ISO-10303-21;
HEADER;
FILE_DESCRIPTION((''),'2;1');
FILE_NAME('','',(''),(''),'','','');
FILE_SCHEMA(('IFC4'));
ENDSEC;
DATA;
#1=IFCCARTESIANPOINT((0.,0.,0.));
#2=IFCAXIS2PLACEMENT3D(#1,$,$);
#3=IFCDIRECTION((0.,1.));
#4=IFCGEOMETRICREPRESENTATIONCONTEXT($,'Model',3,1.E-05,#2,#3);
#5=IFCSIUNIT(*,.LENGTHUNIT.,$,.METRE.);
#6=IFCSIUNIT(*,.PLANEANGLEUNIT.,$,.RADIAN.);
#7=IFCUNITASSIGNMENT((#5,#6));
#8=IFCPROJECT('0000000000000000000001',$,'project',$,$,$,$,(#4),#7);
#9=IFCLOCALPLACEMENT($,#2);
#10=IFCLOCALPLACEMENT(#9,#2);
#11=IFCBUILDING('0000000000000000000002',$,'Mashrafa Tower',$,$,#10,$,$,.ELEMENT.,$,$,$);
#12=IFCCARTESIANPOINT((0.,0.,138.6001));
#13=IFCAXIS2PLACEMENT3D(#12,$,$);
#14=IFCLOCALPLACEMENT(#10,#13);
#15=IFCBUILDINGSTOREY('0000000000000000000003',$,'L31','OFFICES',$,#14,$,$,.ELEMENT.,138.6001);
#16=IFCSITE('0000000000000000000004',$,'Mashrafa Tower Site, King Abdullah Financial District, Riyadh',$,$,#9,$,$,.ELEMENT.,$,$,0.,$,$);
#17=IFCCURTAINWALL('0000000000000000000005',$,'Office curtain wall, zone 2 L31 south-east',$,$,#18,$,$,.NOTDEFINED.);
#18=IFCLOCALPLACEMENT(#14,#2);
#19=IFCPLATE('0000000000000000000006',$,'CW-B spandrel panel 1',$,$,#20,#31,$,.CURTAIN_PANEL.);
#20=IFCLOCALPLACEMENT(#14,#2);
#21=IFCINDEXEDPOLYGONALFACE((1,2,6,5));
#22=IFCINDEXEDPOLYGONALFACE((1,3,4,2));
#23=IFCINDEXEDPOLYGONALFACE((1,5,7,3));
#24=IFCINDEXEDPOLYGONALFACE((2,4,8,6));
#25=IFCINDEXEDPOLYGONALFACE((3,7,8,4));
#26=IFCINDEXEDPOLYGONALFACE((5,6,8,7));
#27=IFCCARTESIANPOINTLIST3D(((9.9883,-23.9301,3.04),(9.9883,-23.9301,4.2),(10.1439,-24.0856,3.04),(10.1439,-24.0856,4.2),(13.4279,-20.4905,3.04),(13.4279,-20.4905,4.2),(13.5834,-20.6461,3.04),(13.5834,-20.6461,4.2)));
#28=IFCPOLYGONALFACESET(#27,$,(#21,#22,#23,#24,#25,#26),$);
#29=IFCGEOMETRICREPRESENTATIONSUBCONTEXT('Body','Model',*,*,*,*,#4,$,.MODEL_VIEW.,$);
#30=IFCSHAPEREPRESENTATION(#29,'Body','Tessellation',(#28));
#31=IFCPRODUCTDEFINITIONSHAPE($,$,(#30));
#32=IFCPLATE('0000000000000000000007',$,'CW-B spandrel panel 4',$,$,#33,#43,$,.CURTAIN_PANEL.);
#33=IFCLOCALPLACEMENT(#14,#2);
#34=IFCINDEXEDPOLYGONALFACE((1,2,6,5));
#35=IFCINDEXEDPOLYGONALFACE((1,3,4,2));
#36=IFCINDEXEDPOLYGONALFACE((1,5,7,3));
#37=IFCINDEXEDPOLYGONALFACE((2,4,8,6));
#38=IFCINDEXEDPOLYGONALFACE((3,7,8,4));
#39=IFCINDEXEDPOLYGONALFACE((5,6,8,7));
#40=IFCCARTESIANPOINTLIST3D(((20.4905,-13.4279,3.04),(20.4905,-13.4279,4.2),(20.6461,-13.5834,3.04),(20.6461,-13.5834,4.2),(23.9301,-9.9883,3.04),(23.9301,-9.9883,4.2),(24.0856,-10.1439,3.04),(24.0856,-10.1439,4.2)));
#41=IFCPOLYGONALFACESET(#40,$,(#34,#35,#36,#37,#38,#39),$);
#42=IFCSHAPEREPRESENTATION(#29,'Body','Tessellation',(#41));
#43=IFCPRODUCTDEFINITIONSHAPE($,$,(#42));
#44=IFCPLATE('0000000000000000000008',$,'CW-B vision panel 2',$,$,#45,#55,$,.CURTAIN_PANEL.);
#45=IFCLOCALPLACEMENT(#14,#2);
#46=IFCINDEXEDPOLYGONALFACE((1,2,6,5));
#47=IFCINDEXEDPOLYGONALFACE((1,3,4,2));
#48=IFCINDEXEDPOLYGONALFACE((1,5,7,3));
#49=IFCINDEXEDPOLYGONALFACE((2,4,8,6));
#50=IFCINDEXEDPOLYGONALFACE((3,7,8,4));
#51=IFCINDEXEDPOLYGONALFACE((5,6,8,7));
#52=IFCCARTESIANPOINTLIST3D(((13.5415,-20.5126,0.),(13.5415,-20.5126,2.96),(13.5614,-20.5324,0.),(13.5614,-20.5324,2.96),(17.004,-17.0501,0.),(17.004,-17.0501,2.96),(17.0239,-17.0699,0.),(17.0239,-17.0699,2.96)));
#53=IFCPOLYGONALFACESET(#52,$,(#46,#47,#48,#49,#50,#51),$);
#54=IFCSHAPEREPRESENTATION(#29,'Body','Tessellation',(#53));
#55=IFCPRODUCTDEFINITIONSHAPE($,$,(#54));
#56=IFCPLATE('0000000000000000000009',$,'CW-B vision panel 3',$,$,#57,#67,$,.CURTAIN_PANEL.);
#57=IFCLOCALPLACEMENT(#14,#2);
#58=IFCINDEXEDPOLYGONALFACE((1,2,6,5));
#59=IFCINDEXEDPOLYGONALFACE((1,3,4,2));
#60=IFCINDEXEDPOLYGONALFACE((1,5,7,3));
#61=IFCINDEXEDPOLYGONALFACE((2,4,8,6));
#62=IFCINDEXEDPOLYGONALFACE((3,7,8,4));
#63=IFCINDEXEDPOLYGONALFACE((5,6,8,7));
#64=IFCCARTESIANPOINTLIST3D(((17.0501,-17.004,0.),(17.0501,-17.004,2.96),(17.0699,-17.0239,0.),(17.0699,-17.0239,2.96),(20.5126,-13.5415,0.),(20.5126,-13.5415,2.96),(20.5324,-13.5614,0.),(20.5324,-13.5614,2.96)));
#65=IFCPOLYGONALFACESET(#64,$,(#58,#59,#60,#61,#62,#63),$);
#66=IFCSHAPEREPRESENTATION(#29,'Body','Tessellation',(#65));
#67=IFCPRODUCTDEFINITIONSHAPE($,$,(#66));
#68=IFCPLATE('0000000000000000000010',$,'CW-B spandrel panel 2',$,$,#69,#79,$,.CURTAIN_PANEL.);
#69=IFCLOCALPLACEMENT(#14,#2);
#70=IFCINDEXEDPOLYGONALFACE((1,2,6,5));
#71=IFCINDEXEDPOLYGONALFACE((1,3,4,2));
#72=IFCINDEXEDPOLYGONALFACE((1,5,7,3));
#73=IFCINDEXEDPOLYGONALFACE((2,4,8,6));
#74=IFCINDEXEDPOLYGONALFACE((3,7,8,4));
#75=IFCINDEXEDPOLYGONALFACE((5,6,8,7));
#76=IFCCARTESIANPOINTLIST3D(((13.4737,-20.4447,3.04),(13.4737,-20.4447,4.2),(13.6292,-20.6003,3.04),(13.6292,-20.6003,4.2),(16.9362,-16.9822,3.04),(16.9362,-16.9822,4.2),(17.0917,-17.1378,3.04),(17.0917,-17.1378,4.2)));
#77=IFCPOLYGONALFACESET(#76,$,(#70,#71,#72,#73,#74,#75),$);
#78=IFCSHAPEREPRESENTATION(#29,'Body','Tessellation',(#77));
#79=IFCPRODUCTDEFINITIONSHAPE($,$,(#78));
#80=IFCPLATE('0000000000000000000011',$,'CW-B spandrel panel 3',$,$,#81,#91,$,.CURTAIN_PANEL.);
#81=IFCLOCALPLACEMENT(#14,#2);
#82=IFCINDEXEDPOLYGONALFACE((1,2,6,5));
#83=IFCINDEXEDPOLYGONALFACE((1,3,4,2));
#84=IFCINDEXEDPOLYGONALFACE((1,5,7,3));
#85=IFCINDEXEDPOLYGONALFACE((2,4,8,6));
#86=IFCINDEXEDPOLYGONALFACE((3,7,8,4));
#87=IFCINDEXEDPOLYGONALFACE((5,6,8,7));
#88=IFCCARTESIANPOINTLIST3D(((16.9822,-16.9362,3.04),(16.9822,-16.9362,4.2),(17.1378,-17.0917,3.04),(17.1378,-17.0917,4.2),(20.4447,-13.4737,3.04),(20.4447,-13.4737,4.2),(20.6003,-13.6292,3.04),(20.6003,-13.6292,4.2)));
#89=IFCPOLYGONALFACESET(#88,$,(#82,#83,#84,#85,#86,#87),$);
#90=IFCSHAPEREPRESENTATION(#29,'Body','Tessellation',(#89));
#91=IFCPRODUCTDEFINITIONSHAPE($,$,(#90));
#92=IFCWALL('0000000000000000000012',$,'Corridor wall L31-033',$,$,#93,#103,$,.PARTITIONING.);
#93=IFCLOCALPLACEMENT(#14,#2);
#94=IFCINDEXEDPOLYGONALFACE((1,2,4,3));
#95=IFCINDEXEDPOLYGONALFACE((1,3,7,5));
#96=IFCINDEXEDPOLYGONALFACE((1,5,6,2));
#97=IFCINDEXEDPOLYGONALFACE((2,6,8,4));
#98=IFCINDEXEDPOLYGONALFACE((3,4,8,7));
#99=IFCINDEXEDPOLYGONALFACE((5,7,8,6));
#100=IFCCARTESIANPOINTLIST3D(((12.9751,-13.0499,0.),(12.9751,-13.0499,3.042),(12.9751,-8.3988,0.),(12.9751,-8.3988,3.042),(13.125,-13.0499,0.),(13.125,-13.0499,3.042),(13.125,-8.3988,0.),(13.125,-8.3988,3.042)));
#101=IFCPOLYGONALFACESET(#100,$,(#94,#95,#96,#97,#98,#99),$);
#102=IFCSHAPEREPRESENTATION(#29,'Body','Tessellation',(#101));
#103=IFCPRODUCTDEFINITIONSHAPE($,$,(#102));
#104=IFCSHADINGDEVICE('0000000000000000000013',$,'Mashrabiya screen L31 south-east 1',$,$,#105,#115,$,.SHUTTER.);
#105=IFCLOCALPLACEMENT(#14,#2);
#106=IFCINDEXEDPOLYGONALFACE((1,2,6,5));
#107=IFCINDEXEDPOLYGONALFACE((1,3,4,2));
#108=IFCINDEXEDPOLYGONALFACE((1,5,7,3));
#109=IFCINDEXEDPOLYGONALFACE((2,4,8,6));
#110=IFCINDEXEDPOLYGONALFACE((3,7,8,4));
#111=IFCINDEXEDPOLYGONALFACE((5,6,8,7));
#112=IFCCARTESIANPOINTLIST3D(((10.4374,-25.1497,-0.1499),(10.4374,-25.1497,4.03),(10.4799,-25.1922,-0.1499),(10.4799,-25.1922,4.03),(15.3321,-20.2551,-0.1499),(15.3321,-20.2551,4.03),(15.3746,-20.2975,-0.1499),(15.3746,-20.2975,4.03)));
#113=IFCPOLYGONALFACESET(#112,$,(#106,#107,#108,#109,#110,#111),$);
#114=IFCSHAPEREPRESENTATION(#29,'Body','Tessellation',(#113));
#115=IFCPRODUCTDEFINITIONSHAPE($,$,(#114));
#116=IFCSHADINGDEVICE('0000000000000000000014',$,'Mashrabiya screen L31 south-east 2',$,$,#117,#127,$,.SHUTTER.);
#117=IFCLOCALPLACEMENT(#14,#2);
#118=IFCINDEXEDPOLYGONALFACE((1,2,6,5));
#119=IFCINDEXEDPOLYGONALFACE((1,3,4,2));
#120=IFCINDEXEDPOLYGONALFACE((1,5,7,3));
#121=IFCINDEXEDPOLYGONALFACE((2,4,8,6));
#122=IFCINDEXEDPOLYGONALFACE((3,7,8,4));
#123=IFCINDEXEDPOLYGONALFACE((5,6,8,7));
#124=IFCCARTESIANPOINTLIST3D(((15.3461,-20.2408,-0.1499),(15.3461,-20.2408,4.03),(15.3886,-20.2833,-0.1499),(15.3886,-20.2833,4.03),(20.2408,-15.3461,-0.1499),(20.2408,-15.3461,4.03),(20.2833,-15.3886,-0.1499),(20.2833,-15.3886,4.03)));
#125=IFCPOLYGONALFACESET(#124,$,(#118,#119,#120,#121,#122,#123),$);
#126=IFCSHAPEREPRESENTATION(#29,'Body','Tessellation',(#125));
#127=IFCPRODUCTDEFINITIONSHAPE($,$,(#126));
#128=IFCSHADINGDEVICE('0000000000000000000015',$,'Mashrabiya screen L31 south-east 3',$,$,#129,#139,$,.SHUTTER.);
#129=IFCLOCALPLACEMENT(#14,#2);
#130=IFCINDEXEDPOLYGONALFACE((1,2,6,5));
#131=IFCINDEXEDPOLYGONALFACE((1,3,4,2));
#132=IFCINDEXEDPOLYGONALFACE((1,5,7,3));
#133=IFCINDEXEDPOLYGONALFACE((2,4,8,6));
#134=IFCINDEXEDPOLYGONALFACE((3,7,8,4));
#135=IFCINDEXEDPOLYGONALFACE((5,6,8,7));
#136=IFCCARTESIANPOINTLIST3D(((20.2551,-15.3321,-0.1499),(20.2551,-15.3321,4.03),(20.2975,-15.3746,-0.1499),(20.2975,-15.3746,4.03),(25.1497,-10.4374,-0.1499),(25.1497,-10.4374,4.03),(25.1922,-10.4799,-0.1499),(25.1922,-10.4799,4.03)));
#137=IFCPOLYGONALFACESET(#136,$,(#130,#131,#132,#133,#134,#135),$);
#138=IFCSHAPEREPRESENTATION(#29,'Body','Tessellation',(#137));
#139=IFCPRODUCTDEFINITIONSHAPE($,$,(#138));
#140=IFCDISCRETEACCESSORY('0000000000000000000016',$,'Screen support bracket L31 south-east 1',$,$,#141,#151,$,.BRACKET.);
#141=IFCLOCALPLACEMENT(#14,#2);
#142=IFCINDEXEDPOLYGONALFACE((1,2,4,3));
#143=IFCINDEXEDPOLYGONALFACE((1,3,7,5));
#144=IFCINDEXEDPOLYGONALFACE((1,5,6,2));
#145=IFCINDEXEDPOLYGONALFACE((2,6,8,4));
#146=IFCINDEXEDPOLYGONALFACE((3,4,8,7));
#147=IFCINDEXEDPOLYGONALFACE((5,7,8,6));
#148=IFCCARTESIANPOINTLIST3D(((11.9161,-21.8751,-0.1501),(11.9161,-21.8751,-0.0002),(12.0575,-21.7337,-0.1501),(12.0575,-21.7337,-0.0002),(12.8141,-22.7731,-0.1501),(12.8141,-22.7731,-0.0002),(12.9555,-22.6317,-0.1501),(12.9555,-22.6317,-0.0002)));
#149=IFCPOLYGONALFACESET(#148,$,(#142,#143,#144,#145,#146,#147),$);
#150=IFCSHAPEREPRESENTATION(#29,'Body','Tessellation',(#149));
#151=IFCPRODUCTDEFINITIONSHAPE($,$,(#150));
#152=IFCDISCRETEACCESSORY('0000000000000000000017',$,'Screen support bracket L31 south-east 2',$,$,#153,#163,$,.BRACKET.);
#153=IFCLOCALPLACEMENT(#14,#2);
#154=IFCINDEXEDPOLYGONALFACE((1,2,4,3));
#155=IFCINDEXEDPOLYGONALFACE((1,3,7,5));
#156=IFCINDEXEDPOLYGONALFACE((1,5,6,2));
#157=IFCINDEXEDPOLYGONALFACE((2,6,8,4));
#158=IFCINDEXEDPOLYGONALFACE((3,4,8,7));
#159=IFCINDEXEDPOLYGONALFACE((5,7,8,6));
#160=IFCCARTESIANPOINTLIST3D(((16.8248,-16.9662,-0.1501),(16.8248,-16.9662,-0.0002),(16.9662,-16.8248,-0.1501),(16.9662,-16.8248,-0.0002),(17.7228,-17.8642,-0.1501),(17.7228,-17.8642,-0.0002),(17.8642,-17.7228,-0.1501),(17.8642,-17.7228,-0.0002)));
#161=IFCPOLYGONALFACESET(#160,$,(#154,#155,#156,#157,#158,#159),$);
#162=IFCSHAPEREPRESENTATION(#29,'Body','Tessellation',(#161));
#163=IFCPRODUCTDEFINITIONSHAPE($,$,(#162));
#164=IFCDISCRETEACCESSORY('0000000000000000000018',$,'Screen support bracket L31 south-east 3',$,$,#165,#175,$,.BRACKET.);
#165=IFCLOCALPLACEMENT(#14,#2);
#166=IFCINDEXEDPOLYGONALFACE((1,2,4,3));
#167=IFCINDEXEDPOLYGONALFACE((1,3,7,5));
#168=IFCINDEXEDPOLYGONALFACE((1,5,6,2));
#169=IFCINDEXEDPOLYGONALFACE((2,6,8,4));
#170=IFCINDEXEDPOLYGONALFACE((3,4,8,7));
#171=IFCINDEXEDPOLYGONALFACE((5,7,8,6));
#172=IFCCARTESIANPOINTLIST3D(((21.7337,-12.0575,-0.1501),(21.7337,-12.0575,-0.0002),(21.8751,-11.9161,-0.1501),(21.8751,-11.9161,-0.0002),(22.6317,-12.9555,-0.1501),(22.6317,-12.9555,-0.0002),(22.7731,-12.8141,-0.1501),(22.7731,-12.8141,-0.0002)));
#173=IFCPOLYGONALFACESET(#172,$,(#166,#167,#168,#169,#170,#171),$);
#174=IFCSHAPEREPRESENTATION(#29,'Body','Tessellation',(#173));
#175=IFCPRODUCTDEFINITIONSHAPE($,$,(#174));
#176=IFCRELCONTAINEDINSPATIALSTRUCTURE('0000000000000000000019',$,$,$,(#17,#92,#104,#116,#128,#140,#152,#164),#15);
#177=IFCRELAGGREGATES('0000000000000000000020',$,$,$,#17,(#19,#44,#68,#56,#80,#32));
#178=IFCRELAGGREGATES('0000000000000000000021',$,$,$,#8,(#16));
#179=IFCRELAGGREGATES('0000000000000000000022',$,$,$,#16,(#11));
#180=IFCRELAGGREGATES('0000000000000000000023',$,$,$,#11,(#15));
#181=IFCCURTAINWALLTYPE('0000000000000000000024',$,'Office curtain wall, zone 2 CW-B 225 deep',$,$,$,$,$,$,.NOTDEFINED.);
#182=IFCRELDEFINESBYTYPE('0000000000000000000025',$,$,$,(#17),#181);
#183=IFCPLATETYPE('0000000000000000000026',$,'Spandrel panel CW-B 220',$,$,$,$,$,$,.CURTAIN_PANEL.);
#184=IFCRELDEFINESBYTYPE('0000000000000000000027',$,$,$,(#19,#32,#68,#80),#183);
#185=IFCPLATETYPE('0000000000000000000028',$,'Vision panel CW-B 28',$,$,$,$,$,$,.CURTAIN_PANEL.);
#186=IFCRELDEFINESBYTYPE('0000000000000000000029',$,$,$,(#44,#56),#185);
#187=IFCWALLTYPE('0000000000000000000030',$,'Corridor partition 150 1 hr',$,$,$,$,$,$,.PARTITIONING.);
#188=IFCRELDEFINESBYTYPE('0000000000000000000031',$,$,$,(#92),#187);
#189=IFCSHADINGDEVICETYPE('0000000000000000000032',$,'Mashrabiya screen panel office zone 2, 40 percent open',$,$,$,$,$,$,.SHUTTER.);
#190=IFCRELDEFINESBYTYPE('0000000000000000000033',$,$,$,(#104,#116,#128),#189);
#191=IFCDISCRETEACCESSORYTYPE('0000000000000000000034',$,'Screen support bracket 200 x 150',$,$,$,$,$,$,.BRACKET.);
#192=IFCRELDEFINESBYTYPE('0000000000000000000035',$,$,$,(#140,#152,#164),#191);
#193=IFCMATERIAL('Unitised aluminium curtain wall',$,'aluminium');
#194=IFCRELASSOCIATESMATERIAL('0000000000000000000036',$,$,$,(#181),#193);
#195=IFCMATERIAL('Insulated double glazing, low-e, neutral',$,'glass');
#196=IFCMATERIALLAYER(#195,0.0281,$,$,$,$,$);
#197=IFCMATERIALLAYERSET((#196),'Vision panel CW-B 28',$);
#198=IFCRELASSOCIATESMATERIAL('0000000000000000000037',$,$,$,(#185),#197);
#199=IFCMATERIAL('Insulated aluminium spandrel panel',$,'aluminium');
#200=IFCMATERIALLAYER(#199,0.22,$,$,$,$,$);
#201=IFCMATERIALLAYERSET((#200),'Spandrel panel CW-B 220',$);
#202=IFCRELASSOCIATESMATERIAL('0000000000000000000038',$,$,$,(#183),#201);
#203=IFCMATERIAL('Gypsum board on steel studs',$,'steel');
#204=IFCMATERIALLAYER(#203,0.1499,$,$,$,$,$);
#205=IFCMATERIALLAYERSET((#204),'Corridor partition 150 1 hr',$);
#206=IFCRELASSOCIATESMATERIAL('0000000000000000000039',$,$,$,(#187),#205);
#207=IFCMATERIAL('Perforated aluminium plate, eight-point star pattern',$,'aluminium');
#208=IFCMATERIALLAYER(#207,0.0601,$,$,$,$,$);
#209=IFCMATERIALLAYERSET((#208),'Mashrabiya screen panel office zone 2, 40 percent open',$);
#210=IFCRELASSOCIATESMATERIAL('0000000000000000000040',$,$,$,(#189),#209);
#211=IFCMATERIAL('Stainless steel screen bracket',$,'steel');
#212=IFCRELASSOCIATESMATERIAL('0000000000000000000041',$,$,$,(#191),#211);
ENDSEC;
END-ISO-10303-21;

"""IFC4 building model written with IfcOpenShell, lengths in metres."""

from ifc_helpers import new_model, si_unit, direction, frame, frame_2d, origin, origin_2d, place, context, subcontext, project, spatial, rectangle, extrude, source, transform, mapped, material, layer, layer_set, type_object, type_shapes, element, aggregate, save


model = new_model("IFC4")

# Units and contexts
model_context = context("Model", 3, precision=1e-05, world=origin(), true_north=direction((0.0, 1.0)))
body_context = subcontext(model_context, "Body", "Model", "MODEL_VIEW")
ifc_project = project(units=[si_unit("LENGTHUNIT", "METRE"), si_unit("PLANEANGLEUNIT", "RADIAN")], contexts=[model_context])

# Site, building, storey
site_placement = place(None, origin())
site = spatial("IfcSite", under=ifc_project, at=site_placement, Name="Mashrafa Tower Site, King Abdullah Financial District, Riyadh", CompositionType="ELEMENT", RefElevation=0.0)
building_placement = place(site_placement, origin())
building = spatial("IfcBuilding", under=site, at=building_placement, Name="Mashrafa Tower", CompositionType="ELEMENT")
storey_placement = place(building_placement, frame((0.0, 0.0, 138.6001)))
storey = spatial("IfcBuildingStorey", under=building, at=storey_placement, Name="L31", Description="OFFICES", CompositionType="ELEMENT", Elevation=138.6001)

# Curtain wall, plates
ifc_material_1 = material(Name="Unitised aluminium curtain wall", Category="aluminium")
curtain_wall_type = type_object("IfcCurtainWallType", Name="Office curtain wall, zone 2 CW-B 225 deep", PredefinedType="NOTDEFINED", material=ifc_material_1)
curtain_wall_placement = place(storey_placement, origin())
curtain_wall = element("IfcCurtainWall", 1, at=curtain_wall_placement, inside=storey, type_object=curtain_wall_type, Name="Office curtain wall, zone 2 L31 south-east", PredefinedType="NOTDEFINED")
ifc_material_2 = material(Name="Insulated double glazing, low-e, neutral", Category="glass")
ifc_layer_1 = layer(ifc_material_2, 0.0281)
ifc_layer_set_1 = layer_set([ifc_layer_1], Name="Vision panel CW-B 28")
plate_type_1 = type_object("IfcPlateType", Name="Vision panel CW-B 28", PredefinedType="CURTAIN_PANEL", material=ifc_layer_set_1)
ifc_material_3 = material(Name="Insulated aluminium spandrel panel", Category="aluminium")
ifc_layer_2 = layer(ifc_material_3, 0.22)
ifc_layer_set_2 = layer_set([ifc_layer_2], Name="Spandrel panel CW-B 220")
plate_type_2 = type_object("IfcPlateType", Name="Spandrel panel CW-B 220", PredefinedType="CURTAIN_PANEL", material=ifc_layer_set_2)
shared_shape_1 = source(origin(), body_context, "Body", "SweptSolid", [
    extrude(rectangle(XDim=4.8643, YDim=0.22, at=origin_2d()), origin(), (0.0, 0.0, 1.0), 1.1599),
])
plate_1_placement = place(storey_placement, frame((11.7859, -22.2881, 3.04), z_axis=(0.0, 0.0, 1.0), x_axis=(0.707107, 0.707107, 0.0)))
plate_1 = element("IfcPlate", 2, at=plate_1_placement, type_object=plate_type_2, Name="CW-B spandrel panel 1", PredefinedType="CURTAIN_PANEL", context=body_context, shape_type="MappedRepresentation", body=[
    mapped(shared_shape_1, transform((0.0, 0.0, 0.0))),
])
plate_2_placement = place(storey_placement, frame((22.2881, -11.7859, 3.04), z_axis=(0.0, 0.0, 1.0), x_axis=(0.707107, 0.707107, 0.0)))
plate_2 = element("IfcPlate", 3, at=plate_2_placement, type_object=plate_type_2, Name="CW-B spandrel panel 4", PredefinedType="CURTAIN_PANEL", context=body_context, shape_type="MappedRepresentation", body=[
    mapped(shared_shape_1, transform((0.0, 0.0, 0.0))),
])
shared_shape_2 = source(origin(), body_context, "Body", "SweptSolid", [
    extrude(rectangle(XDim=4.8967, YDim=0.0281, at=origin_2d()), origin(), (0.0, 0.0, 1.0), 2.96),
])
plate_3_placement = place(storey_placement, frame((15.2827, -18.7913, 0.0), z_axis=(0.0, 0.0, 1.0), x_axis=(0.707107, 0.707107, 0.0)))
plate_3 = element("IfcPlate", 4, at=plate_3_placement, type_object=plate_type_1, Name="CW-B vision panel 2", PredefinedType="CURTAIN_PANEL", context=body_context, shape_type="MappedRepresentation", body=[
    mapped(shared_shape_2, transform((0.0, 0.0, 0.0))),
])
plate_4_placement = place(storey_placement, frame((18.7913, -15.2827, 0.0), z_axis=(0.0, 0.0, 1.0), x_axis=(0.707107, 0.707107, 0.0)))
plate_4 = element("IfcPlate", 5, at=plate_4_placement, type_object=plate_type_1, Name="CW-B vision panel 3", PredefinedType="CURTAIN_PANEL", context=body_context, shape_type="MappedRepresentation", body=[
    mapped(shared_shape_2, transform((0.0, 0.0, 0.0))),
])
shared_shape_3 = source(origin(), body_context, "Body", "SweptSolid", [
    extrude(rectangle(XDim=4.8967, YDim=0.22, at=origin_2d()), origin(), (0.0, 0.0, 1.0), 1.1599),
])
type_shapes(plate_type_2, [shared_shape_1, shared_shape_3])
plate_5_placement = place(storey_placement, frame((15.2827, -18.7913, 3.04), z_axis=(0.0, 0.0, 1.0), x_axis=(0.707107, 0.707107, 0.0)))
plate_5 = element("IfcPlate", 6, at=plate_5_placement, type_object=plate_type_2, Name="CW-B spandrel panel 2", PredefinedType="CURTAIN_PANEL", context=body_context, shape_type="MappedRepresentation", body=[
    mapped(shared_shape_3, transform((0.0, 0.0, 0.0))),
])
plate_6_placement = place(storey_placement, frame((18.7913, -15.2827, 3.04), z_axis=(0.0, 0.0, 1.0), x_axis=(0.707107, 0.707107, 0.0)))
plate_6 = element("IfcPlate", 7, at=plate_6_placement, type_object=plate_type_2, Name="CW-B spandrel panel 3", PredefinedType="CURTAIN_PANEL", context=body_context, shape_type="MappedRepresentation", body=[
    mapped(shared_shape_3, transform((0.0, 0.0, 0.0))),
])
aggregate(curtain_wall, [plate_1, plate_3, plate_5, plate_4, plate_6, plate_2])

# Wall
ifc_material_4 = material(Name="Gypsum board on steel studs", Category="steel")
ifc_layer_3 = layer(ifc_material_4, 0.1499)
ifc_layer_set_3 = layer_set([ifc_layer_3], Name="Corridor partition 150 1 hr")
wall_type = type_object("IfcWallType", Name="Corridor partition 150 1 hr", PredefinedType="PARTITIONING", material=ifc_layer_set_3)
wall_placement = place(storey_placement, frame((13.05, -13.05, 0.0), z_axis=(0.0, 0.0, 1.0), x_axis=(0.0, 1.0, 0.0)))
element("IfcWall", 8, at=wall_placement, inside=storey, type_object=wall_type, Name="Corridor wall L31-033", PredefinedType="PARTITIONING", context=body_context, shape_type="SweptSolid", body=[
    extrude(rectangle(XDim=4.6511, YDim=0.1499, at=frame_2d((2.3257, 0.0))), origin(), (0.0, 0.0, 1.0), 3.042),
])

# Shading devices
ifc_material_5 = material(Name="Perforated aluminium plate, eight-point star pattern", Category="aluminium")
ifc_layer_4 = layer(ifc_material_5, 0.0601)
ifc_layer_set_4 = layer_set([ifc_layer_4], Name="Mashrabiya screen panel office zone 2, 40 percent open")
shading_device_type = type_object("IfcShadingDeviceType", Name="Mashrabiya screen panel office zone 2, 40 percent open", PredefinedType="SHUTTER", material=ifc_layer_set_4)
shared_shape_4 = source(origin(), body_context, "Body", "SweptSolid", [
    extrude(rectangle(XDim=6.9221, YDim=0.0601, at=origin_2d()), origin(), (0.0, 0.0, 1.0), 4.1799),
])
type_shapes(shading_device_type, [shared_shape_4])
for number, where, z_axis, x_axis, name in (
    (9, (12.906, -22.7236, -0.1499), (0.0, 0.0, 1.0), (0.707107, 0.707107, 0.0), "Mashrabiya screen L31 south-east 1"),
    (10, (17.8147, -17.8147, -0.1499), (0.0, 0.0, 1.0), (0.707107, 0.707107, 0.0), "Mashrabiya screen L31 south-east 2"),
    (11, (22.7236, -12.906, -0.1499), (0.0, 0.0, 1.0), (0.707107, 0.707107, 0.0), "Mashrabiya screen L31 south-east 3"),
):
    element("IfcShadingDevice", number, at=place(storey_placement, frame(where, z_axis=z_axis, x_axis=x_axis)), inside=storey, type_object=shading_device_type, Name=name, PredefinedType="SHUTTER", context=body_context, shape_type="MappedRepresentation", body=[
        mapped(shared_shape_4, transform((0.0, 0.0, 0.0))),
    ])

# Discrete accessories
ifc_material_6 = material(Name="Stainless steel screen bracket", Category="steel")
discrete_accessory_type = type_object("IfcDiscreteAccessoryType", Name="Screen support bracket 200 x 150", PredefinedType="BRACKET", material=ifc_material_6)
shared_shape_5 = source(origin(), body_context, "Body", "SweptSolid", [
    extrude(rectangle(XDim=0.2, YDim=1.27, at=origin_2d()), origin(), (0.0, 0.0, 1.0), 0.1499),
])
type_shapes(discrete_accessory_type, [shared_shape_5])
for number, where, z_axis, x_axis, name in (
    (12, (12.4358, -22.2534, -0.1501), (0.0, 0.0, 1.0), (0.707107, 0.707107, 0.0), "Screen support bracket L31 south-east 1"),
    (13, (17.3445, -17.3445, -0.1501), (0.0, 0.0, 1.0), (0.707107, 0.707107, 0.0), "Screen support bracket L31 south-east 2"),
    (14, (22.2534, -12.4358, -0.1501), (0.0, 0.0, 1.0), (0.707107, 0.707107, 0.0), "Screen support bracket L31 south-east 3"),
):
    element("IfcDiscreteAccessory", number, at=place(storey_placement, frame(where, z_axis=z_axis, x_axis=x_axis)), inside=storey, type_object=discrete_accessory_type, Name=name, PredefinedType="BRACKET", context=body_context, shape_type="MappedRepresentation", body=[
        mapped(shared_shape_5, transform((0.0, 0.0, 0.0))),
    ])

save(model, "model.ifc")
